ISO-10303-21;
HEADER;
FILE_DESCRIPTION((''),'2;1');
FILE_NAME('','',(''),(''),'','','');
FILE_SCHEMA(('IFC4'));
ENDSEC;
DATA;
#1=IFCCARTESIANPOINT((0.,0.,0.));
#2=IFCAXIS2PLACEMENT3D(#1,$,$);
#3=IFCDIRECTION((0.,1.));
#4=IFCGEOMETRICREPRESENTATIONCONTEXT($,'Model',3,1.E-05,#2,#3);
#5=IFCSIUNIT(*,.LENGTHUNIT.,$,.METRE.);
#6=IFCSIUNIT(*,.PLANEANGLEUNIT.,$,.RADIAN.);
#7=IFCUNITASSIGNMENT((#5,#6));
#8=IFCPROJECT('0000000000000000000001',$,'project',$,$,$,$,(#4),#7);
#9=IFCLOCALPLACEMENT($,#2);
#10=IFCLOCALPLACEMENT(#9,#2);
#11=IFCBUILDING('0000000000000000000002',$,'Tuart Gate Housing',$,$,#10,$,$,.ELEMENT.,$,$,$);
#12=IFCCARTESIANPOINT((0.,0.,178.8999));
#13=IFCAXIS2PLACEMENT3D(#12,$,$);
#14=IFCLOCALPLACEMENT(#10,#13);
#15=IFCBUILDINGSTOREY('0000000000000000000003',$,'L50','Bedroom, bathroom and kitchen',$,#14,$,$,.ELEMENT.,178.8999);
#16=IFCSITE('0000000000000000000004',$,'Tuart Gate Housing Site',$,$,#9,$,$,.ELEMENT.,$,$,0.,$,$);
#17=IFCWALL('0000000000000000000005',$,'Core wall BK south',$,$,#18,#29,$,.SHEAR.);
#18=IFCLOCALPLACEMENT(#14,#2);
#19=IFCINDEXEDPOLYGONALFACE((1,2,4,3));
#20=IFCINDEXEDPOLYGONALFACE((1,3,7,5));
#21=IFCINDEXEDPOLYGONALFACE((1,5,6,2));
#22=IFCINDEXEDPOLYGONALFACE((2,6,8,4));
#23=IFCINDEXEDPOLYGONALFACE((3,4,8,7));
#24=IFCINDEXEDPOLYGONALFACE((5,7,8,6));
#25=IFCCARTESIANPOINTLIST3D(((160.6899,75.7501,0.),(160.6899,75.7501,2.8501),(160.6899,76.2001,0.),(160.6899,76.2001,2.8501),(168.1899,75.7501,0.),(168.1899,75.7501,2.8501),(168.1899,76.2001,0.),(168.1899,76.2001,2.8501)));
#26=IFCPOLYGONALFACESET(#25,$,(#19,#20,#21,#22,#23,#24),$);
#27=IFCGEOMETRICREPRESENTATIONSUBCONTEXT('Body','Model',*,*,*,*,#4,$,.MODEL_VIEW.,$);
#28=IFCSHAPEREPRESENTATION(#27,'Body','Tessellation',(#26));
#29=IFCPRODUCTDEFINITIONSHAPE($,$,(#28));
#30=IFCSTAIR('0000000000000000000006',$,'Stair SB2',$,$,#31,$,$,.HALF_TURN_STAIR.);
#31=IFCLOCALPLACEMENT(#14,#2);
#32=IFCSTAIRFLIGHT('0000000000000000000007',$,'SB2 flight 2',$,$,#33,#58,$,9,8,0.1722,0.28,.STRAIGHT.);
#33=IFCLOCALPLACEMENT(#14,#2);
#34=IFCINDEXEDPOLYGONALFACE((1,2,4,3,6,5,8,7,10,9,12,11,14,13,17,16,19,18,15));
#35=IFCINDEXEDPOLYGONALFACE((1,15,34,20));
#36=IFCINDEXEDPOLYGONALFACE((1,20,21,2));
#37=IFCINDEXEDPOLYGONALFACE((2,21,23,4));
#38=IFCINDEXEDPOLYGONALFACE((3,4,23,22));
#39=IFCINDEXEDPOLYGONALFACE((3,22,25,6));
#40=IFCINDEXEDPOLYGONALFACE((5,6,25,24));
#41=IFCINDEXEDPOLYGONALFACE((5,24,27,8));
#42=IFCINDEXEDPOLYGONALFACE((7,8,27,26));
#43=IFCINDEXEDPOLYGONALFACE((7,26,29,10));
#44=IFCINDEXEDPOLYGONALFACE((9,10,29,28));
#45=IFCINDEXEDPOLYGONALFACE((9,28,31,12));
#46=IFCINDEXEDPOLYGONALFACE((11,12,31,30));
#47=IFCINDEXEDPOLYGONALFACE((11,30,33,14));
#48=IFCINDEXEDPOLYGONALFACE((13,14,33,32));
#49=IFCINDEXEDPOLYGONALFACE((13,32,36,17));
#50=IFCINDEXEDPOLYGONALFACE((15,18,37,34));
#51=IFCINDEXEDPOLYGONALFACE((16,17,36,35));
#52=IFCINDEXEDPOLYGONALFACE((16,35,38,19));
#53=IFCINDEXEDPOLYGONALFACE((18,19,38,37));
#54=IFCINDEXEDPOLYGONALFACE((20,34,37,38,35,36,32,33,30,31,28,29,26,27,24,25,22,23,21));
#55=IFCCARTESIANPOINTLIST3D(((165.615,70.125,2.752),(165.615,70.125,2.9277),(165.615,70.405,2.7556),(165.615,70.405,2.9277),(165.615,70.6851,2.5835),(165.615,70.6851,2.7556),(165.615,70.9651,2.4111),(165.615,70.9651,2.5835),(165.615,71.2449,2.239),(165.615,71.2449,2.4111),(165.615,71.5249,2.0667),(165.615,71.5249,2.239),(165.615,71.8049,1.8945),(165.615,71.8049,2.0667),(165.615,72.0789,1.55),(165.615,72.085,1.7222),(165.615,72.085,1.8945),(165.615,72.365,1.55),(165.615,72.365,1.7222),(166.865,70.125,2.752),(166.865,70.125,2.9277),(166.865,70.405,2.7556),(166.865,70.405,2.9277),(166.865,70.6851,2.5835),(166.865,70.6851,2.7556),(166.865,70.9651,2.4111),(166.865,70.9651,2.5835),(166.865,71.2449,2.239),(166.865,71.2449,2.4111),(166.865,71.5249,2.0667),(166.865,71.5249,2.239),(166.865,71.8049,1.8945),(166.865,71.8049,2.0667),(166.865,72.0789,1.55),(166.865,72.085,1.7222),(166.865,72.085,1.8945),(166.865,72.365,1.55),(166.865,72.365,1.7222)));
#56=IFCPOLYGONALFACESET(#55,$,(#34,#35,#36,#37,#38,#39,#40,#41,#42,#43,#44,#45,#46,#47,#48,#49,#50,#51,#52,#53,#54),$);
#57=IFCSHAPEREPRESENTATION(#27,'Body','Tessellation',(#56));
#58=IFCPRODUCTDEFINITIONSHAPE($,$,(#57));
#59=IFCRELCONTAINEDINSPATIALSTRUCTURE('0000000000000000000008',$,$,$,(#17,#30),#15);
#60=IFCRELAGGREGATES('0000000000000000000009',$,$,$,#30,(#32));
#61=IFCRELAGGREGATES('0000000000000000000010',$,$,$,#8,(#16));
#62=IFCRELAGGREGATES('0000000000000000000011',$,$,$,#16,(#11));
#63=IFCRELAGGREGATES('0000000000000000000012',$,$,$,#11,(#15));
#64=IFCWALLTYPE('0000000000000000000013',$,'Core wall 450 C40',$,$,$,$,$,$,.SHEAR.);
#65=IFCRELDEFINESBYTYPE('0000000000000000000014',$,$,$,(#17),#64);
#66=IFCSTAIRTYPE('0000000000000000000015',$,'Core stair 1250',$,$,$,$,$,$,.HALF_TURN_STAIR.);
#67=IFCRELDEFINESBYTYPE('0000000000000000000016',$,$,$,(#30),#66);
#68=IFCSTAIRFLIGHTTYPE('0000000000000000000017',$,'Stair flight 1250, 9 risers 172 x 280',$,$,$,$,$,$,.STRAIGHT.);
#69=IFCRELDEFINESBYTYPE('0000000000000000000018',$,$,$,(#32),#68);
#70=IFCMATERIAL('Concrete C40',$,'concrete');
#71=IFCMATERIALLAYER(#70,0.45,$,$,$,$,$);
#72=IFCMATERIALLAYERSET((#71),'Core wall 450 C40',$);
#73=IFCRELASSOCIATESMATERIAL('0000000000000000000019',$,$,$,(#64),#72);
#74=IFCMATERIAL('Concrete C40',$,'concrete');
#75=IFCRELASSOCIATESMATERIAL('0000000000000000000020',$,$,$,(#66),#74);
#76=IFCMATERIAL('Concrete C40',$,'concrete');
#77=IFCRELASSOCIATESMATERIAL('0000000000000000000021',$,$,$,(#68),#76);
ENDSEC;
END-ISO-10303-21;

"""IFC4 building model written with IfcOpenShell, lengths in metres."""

from ifc_helpers import new_model, si_unit, direction, frame, frame_2d, origin, place, context, subcontext, project, spatial, polyline, rectangle, outline, extrude, material, layer, layer_set, type_object, element, aggregate, save


model = new_model("IFC4")

# Units and contexts
model_context = context("Model", 3, precision=1e-05, world=origin(), true_north=direction((0.0, 1.0)))
body_context = subcontext(model_context, "Body", "Model", "MODEL_VIEW")
ifc_project = project(units=[si_unit("LENGTHUNIT", "METRE"), si_unit("PLANEANGLEUNIT", "RADIAN")], contexts=[model_context])

# Site, building, storey
site_placement = place(None, origin())
site = spatial("IfcSite", under=ifc_project, at=site_placement, Name="Tuart Gate Housing Site", CompositionType="ELEMENT", RefElevation=0.0)
building_placement = place(site_placement, origin())
building = spatial("IfcBuilding", under=site, at=building_placement, Name="Tuart Gate Housing", CompositionType="ELEMENT")
storey_placement = place(building_placement, frame((0.0, 0.0, 178.8999)))
storey = spatial("IfcBuildingStorey", under=building, at=storey_placement, Name="L50", Description="Bedroom, bathroom and kitchen", CompositionType="ELEMENT", Elevation=178.8999)

# Shared definitions
ifc_material_1 = material(Name="Concrete C40", Category="concrete")
ifc_layer_1 = layer(ifc_material_1, 0.45)
ifc_layer_set_1 = layer_set([ifc_layer_1], Name="Core wall 450 C40")
wall_type_1 = type_object("IfcWallType", Name="Core wall 450 C40", PredefinedType="SHEAR", material=ifc_layer_set_1)

# Wall
wall_1_placement = place(storey_placement, frame((160.6899, 75.9751, 0.0), z_axis=(0.0, 0.0, 1.0), x_axis=(1.0, 0.0, 0.0)))
element("IfcWall", 1, at=wall_1_placement, inside=storey, type_object=wall_type_1, Name="Core wall BK south", PredefinedType="SHEAR", context=body_context, shape_type="SweptSolid", body=[
    extrude(rectangle(XDim=7.5, YDim=0.45, at=frame_2d((3.75, 0.0))), origin(), (0.0, 0.0, 1.0), 2.8501),
])

# Stair, stair flight
ifc_material_2 = material(Name="Concrete C40", Category="concrete")
stair_type = type_object("IfcStairType", Name="Core stair 1250", PredefinedType="HALF_TURN_STAIR", material=ifc_material_2)
stair_placement = place(storey_placement, origin())
stair = element("IfcStair", 2, at=stair_placement, inside=storey, type_object=stair_type, Name="Stair SB2", PredefinedType="HALF_TURN_STAIR")
ifc_material_3 = material(Name="Concrete C40", Category="concrete")
stair_flight_type = type_object("IfcStairFlightType", Name="Stair flight 1250, 9 risers 172 x 280", PredefinedType="STRAIGHT", material=ifc_material_3)
stair_flight_placement = place(storey_placement, frame((166.24, 72.365, 1.55), z_axis=(0.0, 0.0, 1.0), x_axis=(0.0, -1.0, 0.0)))
stair_flight = element("IfcStairFlight", 3, at=stair_flight_placement, type_object=stair_flight_type, Name="SB2 flight 2", NumberOfRisers=9, NumberOfTreads=8, PredefinedType="STRAIGHT", RiserHeight=0.1722, TreadLength=0.28, context=body_context, shape_type="SweptSolid", body=[
    extrude(outline(polyline([(0.0, 0.0), (0.0, 0.1721), (0.28, 0.1721), (0.28, 0.3445), (0.5601, 0.3445), (0.5601, 0.5166), (0.8401, 0.5166), (0.8401, 0.689), (1.1201, 0.689), (1.1201, 0.8611), (1.3999, 0.8611), (1.3999, 1.0334), (1.6799, 1.0334), (1.6799, 1.2056), (1.96, 1.2056), (1.96, 1.3777), (2.24, 1.3777), (2.24, 1.55), (2.24, 1.2019), (0.2861, 0.0), (0.0, 0.0)])), frame((0.0, 0.625, 0.0), z_axis=(0.0, -1.0, 0.0), x_axis=(1.0, 0.0, 0.0)), (0.0, 0.0, 1.0), 1.25),
])
aggregate(stair, [stair_flight])

save(model, "model.ifc")
